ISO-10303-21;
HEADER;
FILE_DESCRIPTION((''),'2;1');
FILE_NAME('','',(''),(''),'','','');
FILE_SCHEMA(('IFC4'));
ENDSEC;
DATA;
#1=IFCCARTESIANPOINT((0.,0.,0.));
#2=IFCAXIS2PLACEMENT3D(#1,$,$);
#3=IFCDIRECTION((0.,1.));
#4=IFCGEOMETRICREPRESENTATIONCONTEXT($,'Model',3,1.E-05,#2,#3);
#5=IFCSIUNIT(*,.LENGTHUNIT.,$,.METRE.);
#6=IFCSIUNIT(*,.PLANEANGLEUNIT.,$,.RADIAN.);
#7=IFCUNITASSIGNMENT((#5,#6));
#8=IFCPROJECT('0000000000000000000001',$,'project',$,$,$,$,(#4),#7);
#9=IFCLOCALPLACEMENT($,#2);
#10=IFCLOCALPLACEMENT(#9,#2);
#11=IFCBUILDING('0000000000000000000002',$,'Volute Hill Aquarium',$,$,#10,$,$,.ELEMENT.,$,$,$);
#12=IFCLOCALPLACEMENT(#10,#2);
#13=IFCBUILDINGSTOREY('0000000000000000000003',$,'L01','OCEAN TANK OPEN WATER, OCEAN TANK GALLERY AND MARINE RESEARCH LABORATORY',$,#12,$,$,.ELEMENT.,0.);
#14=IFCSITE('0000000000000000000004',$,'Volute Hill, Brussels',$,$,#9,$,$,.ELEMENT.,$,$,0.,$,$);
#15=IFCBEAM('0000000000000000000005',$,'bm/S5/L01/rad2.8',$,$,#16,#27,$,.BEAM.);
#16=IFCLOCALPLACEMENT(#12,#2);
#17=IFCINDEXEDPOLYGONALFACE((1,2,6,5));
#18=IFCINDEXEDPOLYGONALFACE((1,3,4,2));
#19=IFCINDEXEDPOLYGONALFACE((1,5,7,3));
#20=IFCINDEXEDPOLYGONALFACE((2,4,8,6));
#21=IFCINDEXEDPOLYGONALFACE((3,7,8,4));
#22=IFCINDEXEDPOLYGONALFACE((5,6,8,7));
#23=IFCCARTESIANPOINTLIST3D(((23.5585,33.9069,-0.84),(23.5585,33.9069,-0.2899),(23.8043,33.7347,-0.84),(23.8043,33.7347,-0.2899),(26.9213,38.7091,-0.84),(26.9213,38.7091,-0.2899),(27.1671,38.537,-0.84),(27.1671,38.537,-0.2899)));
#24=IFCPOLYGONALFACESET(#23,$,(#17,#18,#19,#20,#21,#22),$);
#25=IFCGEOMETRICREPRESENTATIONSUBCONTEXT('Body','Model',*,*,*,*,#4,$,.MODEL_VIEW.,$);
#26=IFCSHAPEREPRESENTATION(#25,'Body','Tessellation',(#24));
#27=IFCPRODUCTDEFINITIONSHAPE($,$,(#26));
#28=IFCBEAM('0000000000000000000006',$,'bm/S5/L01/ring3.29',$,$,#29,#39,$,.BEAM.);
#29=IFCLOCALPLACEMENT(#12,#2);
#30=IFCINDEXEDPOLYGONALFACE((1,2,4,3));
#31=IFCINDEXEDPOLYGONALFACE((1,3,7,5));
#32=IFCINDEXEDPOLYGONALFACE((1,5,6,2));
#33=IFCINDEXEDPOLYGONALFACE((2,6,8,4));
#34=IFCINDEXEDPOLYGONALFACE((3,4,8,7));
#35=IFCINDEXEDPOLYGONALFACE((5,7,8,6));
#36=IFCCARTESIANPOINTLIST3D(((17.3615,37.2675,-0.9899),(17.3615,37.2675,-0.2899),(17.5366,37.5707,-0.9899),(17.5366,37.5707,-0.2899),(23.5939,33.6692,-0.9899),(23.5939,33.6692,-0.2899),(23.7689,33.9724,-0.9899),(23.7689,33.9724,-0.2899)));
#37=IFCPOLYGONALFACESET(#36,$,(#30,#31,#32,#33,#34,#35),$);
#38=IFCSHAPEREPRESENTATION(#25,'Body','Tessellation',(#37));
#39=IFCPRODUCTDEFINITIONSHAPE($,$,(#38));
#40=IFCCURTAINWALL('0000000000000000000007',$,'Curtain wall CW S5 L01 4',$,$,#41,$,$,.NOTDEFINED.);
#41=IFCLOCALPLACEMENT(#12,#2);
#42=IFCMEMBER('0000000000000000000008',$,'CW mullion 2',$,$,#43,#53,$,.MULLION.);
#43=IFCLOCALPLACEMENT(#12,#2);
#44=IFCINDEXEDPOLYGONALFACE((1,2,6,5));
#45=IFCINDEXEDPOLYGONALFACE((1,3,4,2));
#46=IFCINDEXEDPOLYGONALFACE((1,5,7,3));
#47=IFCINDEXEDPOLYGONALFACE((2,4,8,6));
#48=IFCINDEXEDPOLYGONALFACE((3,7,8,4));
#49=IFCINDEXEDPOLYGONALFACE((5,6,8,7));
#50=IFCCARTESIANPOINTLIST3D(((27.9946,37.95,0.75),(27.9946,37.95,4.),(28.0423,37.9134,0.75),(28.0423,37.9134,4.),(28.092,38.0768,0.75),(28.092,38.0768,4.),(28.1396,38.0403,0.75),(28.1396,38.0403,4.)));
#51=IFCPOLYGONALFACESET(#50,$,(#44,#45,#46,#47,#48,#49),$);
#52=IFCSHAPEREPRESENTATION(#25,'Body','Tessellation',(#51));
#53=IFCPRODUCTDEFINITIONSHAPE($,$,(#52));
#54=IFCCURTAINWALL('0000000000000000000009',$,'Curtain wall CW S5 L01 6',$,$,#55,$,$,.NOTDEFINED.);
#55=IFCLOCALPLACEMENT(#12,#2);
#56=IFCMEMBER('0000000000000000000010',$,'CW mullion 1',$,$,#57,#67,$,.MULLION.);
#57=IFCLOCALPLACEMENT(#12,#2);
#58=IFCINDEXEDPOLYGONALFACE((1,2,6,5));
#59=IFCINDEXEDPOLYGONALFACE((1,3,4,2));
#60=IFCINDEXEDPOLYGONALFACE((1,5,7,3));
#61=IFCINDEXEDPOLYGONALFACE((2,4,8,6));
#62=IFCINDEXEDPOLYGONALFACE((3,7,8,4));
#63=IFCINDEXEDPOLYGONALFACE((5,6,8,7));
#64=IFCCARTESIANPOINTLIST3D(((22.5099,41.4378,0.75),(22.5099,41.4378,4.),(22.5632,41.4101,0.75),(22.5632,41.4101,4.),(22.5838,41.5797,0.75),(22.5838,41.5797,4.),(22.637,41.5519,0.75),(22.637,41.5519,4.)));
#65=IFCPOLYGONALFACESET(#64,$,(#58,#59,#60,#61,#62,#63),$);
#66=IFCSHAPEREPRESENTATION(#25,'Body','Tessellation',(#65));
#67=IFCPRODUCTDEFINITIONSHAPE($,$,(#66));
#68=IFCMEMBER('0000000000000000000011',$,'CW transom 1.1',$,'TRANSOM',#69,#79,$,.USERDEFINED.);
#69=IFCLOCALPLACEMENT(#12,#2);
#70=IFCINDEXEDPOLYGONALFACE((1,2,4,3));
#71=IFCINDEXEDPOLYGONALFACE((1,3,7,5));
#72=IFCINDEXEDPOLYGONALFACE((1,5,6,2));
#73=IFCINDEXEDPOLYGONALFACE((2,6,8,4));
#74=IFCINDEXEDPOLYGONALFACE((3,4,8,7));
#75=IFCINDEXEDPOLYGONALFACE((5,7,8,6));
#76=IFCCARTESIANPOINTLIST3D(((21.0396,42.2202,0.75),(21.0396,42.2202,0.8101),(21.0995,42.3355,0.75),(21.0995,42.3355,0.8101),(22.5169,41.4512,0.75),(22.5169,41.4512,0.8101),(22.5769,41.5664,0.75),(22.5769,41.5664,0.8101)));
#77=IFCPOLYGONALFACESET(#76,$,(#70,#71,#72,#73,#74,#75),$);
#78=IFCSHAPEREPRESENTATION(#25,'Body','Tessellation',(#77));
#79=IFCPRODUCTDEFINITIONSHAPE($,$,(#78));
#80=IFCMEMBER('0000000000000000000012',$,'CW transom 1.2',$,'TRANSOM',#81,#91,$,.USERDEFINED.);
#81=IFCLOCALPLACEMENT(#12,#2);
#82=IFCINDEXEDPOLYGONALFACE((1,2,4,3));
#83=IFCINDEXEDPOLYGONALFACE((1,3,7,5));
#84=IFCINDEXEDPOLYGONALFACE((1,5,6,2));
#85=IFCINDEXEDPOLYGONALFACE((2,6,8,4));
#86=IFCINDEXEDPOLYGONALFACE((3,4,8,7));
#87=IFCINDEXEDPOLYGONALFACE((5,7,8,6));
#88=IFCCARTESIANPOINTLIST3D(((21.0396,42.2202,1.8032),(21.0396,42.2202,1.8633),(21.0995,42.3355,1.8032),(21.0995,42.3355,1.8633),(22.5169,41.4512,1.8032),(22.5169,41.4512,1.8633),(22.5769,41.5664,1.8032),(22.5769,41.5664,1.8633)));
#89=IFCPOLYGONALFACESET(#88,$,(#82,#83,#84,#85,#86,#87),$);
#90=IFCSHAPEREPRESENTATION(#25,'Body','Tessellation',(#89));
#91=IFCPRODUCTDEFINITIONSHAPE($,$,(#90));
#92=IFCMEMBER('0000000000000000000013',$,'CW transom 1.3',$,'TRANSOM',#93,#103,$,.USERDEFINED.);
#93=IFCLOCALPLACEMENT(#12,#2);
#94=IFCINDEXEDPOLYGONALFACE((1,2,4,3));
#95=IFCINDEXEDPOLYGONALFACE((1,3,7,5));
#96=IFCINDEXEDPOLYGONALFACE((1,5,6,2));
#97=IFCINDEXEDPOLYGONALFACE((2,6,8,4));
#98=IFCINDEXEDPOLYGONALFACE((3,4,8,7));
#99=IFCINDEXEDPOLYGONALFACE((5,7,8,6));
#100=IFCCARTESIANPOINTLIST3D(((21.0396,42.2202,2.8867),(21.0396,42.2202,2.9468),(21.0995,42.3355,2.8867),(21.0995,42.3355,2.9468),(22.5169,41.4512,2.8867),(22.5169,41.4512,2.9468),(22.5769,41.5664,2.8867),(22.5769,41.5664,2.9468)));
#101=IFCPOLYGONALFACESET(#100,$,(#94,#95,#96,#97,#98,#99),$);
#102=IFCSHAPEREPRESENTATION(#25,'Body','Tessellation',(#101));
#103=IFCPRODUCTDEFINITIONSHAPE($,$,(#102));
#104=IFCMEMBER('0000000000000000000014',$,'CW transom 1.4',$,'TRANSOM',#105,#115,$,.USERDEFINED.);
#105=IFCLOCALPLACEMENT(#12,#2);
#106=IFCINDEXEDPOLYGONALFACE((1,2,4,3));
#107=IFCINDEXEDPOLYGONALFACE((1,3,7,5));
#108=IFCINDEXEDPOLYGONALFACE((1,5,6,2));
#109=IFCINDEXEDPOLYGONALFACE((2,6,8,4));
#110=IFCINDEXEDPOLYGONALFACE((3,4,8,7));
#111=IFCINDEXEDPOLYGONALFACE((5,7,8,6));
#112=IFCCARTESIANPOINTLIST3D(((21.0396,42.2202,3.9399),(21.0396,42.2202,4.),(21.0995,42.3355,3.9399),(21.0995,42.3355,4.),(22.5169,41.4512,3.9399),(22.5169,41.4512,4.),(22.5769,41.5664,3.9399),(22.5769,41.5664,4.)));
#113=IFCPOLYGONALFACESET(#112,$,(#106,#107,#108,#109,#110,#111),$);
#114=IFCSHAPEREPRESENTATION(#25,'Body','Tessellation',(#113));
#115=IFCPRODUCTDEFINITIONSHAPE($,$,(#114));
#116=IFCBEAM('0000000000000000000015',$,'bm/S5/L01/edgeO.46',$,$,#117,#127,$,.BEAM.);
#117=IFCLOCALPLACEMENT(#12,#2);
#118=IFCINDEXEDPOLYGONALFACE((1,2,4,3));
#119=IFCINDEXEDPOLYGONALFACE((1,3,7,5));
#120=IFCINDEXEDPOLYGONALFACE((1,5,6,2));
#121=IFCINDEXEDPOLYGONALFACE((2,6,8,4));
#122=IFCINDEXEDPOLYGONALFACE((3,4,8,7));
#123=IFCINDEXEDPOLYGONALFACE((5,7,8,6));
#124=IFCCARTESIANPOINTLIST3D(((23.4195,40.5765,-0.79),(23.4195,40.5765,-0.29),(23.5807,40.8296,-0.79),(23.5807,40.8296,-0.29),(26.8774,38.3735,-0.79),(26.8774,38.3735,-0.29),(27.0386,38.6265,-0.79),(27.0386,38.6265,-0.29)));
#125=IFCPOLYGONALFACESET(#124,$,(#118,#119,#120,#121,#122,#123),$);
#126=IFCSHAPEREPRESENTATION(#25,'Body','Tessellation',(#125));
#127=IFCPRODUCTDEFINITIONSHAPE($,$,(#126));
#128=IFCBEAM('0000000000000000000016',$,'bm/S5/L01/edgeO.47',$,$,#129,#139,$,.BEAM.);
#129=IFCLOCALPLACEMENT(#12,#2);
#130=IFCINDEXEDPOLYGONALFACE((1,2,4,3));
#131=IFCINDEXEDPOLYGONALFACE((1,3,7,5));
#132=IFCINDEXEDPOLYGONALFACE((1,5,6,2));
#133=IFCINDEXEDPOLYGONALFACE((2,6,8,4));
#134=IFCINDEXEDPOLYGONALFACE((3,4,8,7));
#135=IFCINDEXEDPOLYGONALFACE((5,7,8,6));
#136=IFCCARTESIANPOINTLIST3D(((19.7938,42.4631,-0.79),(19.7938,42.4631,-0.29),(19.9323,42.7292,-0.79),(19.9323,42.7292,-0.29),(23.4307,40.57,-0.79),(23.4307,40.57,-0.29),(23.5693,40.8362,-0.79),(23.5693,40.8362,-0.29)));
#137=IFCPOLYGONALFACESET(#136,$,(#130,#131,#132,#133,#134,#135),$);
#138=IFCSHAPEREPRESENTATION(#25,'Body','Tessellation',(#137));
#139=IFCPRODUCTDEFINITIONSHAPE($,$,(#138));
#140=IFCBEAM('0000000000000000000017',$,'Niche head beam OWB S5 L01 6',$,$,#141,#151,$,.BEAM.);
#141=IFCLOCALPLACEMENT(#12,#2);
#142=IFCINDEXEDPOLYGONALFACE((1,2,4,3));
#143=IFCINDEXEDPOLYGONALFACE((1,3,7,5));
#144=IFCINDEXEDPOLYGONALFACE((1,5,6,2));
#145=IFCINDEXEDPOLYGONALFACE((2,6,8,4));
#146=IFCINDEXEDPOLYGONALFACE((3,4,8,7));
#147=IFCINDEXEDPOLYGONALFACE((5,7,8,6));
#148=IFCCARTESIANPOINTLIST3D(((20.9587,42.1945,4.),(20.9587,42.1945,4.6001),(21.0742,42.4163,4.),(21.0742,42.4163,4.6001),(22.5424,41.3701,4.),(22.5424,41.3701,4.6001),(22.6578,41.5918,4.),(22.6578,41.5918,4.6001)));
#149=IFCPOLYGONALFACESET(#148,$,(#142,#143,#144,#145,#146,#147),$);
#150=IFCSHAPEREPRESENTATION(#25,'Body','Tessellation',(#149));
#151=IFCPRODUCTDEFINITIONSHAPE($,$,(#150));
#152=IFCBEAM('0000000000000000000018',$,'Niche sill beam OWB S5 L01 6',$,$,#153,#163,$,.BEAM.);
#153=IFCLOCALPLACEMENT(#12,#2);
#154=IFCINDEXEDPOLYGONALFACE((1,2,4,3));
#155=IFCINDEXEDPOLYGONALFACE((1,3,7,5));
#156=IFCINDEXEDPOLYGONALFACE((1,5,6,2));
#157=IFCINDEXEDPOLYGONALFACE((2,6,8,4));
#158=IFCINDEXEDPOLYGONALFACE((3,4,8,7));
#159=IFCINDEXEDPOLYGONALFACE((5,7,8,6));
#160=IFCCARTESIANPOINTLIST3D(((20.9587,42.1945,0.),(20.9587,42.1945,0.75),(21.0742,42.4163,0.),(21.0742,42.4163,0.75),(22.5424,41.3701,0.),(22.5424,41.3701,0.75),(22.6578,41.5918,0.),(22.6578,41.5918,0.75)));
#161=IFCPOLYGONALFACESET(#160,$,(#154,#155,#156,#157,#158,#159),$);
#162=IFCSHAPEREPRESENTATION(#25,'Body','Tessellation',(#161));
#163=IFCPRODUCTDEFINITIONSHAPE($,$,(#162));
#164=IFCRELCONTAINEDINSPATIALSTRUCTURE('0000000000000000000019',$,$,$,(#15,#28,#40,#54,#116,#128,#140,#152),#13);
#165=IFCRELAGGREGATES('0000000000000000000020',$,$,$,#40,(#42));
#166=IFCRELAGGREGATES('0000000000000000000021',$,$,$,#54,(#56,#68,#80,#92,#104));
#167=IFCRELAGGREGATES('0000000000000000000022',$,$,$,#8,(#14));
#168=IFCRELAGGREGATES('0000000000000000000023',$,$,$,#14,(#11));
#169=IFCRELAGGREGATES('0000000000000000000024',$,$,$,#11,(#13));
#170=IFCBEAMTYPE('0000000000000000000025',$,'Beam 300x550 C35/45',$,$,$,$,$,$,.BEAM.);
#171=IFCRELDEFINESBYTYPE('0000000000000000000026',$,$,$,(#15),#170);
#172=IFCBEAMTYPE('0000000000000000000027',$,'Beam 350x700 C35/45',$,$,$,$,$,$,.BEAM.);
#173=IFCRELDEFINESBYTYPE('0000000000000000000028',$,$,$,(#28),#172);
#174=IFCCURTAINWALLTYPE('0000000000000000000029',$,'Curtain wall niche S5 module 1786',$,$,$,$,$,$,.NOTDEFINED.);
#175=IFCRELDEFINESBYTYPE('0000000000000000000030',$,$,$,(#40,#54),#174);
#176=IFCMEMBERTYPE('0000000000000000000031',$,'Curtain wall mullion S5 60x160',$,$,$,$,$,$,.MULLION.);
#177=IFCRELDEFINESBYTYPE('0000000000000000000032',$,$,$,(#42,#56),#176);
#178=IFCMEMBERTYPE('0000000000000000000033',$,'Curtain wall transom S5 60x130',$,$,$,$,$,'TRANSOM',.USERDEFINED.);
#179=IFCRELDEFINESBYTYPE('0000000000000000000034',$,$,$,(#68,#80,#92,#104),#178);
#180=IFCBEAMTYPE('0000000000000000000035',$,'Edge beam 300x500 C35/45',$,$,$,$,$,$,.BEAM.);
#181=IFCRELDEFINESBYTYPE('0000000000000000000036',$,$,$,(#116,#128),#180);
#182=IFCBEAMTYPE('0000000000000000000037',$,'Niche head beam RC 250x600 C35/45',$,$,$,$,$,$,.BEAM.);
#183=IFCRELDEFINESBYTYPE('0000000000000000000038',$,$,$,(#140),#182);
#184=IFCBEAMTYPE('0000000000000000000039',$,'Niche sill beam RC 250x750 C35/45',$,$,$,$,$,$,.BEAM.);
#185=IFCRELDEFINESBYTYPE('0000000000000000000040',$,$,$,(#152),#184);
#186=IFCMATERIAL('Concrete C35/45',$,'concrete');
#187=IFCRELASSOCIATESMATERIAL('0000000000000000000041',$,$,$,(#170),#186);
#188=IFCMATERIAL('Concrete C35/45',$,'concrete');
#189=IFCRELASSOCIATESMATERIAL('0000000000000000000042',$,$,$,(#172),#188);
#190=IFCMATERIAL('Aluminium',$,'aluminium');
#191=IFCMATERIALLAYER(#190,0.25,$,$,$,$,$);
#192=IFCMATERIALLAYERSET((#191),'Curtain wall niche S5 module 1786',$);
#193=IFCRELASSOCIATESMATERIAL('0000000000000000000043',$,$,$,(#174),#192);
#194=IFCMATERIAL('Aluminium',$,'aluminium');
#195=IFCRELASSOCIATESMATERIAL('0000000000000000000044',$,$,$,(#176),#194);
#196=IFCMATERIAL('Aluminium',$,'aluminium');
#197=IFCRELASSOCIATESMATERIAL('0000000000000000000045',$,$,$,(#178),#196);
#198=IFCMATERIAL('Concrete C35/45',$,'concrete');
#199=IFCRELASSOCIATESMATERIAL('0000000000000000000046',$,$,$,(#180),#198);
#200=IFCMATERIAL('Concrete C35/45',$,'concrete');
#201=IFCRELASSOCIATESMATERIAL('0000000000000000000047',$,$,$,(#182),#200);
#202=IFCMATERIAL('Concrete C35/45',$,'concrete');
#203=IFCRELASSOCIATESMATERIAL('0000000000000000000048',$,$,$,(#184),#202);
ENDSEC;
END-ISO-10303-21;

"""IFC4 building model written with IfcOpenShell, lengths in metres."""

from ifc_helpers import new_model, si_unit, direction, frame, origin, origin_2d, place, context, subcontext, project, spatial, rectangle, extrude, material, layer, layer_set, material_profile, profile_set, type_object, element, aggregate, save


model = new_model("IFC4")

# Units and contexts
model_context = context("Model", 3, precision=1e-05, world=origin(), true_north=direction((0.0, 1.0)))
body_context = subcontext(model_context, "Body", "Model", "MODEL_VIEW")
ifc_project = project(units=[si_unit("LENGTHUNIT", "METRE"), si_unit("PLANEANGLEUNIT", "RADIAN")], contexts=[model_context])

# Site, building, storey
site_placement = place(None, origin())
site = spatial("IfcSite", under=ifc_project, at=site_placement, Name="Volute Hill, Brussels", CompositionType="ELEMENT", RefElevation=0.0)
building_placement = place(site_placement, origin())
building = spatial("IfcBuilding", under=site, at=building_placement, Name="Volute Hill Aquarium", CompositionType="ELEMENT")
storey_placement = place(building_placement, origin())
storey = spatial("IfcBuildingStorey", under=building, at=storey_placement, Name="L01", Description="OCEAN TANK OPEN WATER, OCEAN TANK GALLERY AND MARINE RESEARCH LABORATORY", CompositionType="ELEMENT", Elevation=0.0)

# Beams
ifc_material_1 = material(Name="Concrete C35/45", Category="concrete")
ifc_material_profile_1 = material_profile(ifc_material_1, rectangle(XDim=0.3, YDim=0.55, at=origin_2d()), Name="RC beam 300x550")
ifc_profile_set_1 = profile_set([ifc_material_profile_1], Name="Concrete C35/45")
beam_type_1 = type_object("IfcBeamType", Name="Beam 300x550 C35/45", PredefinedType="BEAM", material=ifc_profile_set_1)
beam_1_placement = place(storey_placement, frame((23.6814, 33.8208, -0.5649), z_axis=(0.573602, 0.819134, 0.0), x_axis=(-0.819134, 0.573602, 0.0)))
element("IfcBeam", 1, at=beam_1_placement, inside=storey, type_object=beam_type_1, Name="bm/S5/L01/rad2.8", PredefinedType="BEAM", context=body_context, shape_type="SweptSolid", body=[
    extrude(rectangle(XDim=0.3, YDim=0.55, at=origin_2d()), origin(), (0.0, 0.0, 1.0), 5.8625),
])
ifc_material_2 = material(Name="Concrete C35/45", Category="concrete")
ifc_material_profile_2 = material_profile(ifc_material_2, rectangle(XDim=0.3501, YDim=0.7, at=origin_2d()), Name="RC beam 350x700")
ifc_profile_set_2 = profile_set([ifc_material_profile_2], Name="Concrete C35/45")
beam_type_2 = type_object("IfcBeamType", Name="Beam 350x700 C35/45", PredefinedType="BEAM", material=ifc_profile_set_2)
beam_2_placement = place(storey_placement, frame((23.6814, 33.8208, -0.6399), z_axis=(-0.866019, 0.50001, 0.0), x_axis=(-0.50001, -0.866019, 0.0)))
element("IfcBeam", 2, at=beam_2_placement, inside=storey, type_object=beam_type_2, Name="bm/S5/L01/ring3.29", PredefinedType="BEAM", context=body_context, shape_type="SweptSolid", body=[
    extrude(rectangle(XDim=0.3501, YDim=0.7, at=origin_2d()), origin(), (0.0, 0.0, 1.0), 7.1965),
])

# Curtain wall, member
ifc_material_3 = material(Name="Aluminium", Category="aluminium")
ifc_layer_1 = layer(ifc_material_3, 0.25)
ifc_layer_set_1 = layer_set([ifc_layer_1], Name="Curtain wall niche S5 module 1786")
curtain_wall_type = type_object("IfcCurtainWallType", Name="Curtain wall niche S5 module 1786", PredefinedType="NOTDEFINED", material=ifc_layer_set_1)
curtain_wall_1_placement = place(storey_placement, origin())
curtain_wall_1 = element("IfcCurtainWall", 3, at=curtain_wall_1_placement, inside=storey, type_object=curtain_wall_type, Name="Curtain wall CW S5 L01 4", PredefinedType="NOTDEFINED")
ifc_material_4 = material(Name="Aluminium", Category="aluminium")
ifc_material_profile_3 = material_profile(ifc_material_4, rectangle(XDim=0.1599, YDim=0.0601, at=origin_2d()), Name="Curtain wall mullion S5 60x160")
ifc_profile_set_3 = profile_set([ifc_material_profile_3], Name="Aluminium")
member_type_1 = type_object("IfcMemberType", Name="Curtain wall mullion S5 60x160", PredefinedType="MULLION", material=ifc_profile_set_3)
member_1_placement = place(storey_placement, frame((28.0671, 37.9951, 0.75), z_axis=(0.0, 0.0, 1.0), x_axis=(-0.608755, -0.793358, 0.0)))
member_1 = element("IfcMember", 4, at=member_1_placement, type_object=member_type_1, Name="CW mullion 2", PredefinedType="MULLION", context=body_context, shape_type="SweptSolid", body=[
    extrude(rectangle(XDim=0.1599, YDim=0.0601, at=origin_2d()), origin(), (0.0, 0.0, 1.0), 3.25),
])
aggregate(curtain_wall_1, [member_1])

# Curtain wall, members
curtain_wall_2_placement = place(storey_placement, origin())
curtain_wall_2 = element("IfcCurtainWall", 5, at=curtain_wall_2_placement, inside=storey, type_object=curtain_wall_type, Name="Curtain wall CW S5 L01 6", PredefinedType="NOTDEFINED")
member_2_placement = place(storey_placement, frame((22.5735, 41.4949, 0.75), z_axis=(0.0, 0.0, 1.0), x_axis=(-0.461755, -0.887007, 0.0)))
member_2 = element("IfcMember", 6, at=member_2_placement, type_object=member_type_1, Name="CW mullion 1", PredefinedType="MULLION", context=body_context, shape_type="SweptSolid", body=[
    extrude(rectangle(XDim=0.1599, YDim=0.0601, at=origin_2d()), origin(), (0.0, 0.0, 1.0), 3.25),
])
ifc_material_5 = material(Name="Aluminium", Category="aluminium")
ifc_material_profile_4 = material_profile(ifc_material_5, rectangle(XDim=0.1299, YDim=0.0601, at=origin_2d()), Name="Curtain wall transom S5 60x130")
ifc_profile_set_4 = profile_set([ifc_material_profile_4], Name="Aluminium")
member_type_2 = type_object("IfcMemberType", Name="Curtain wall transom S5 60x130", ElementType="TRANSOM", PredefinedType="USERDEFINED", material=ifc_profile_set_4)
member_3_placement = place(storey_placement, frame((22.5469, 41.5088, 0.78), z_axis=(-0.887008, 0.461754, 0.0), x_axis=(-0.461754, -0.887008, 0.0)))
member_3 = element("IfcMember", 7, at=member_3_placement, type_object=member_type_2, Name="CW transom 1.1", ObjectType="TRANSOM", PredefinedType="USERDEFINED", context=body_context, shape_type="SweptSolid", body=[
    extrude(rectangle(XDim=0.1299, YDim=0.0601, at=origin_2d()), origin(), (0.0, 0.0, 1.0), 1.6655),
])
member_4_placement = place(storey_placement, frame((22.5469, 41.5088, 1.8333), z_axis=(-0.887008, 0.461754, 0.0), x_axis=(-0.461754, -0.887008, 0.0)))
member_4 = element("IfcMember", 8, at=member_4_placement, type_object=member_type_2, Name="CW transom 1.2", ObjectType="TRANSOM", PredefinedType="USERDEFINED", context=body_context, shape_type="SweptSolid", body=[
    extrude(rectangle(XDim=0.1299, YDim=0.0601, at=origin_2d()), origin(), (0.0, 0.0, 1.0), 1.6655),
])
member_5_placement = place(storey_placement, frame((22.5469, 41.5088, 2.9167), z_axis=(-0.887008, 0.461754, 0.0), x_axis=(-0.461754, -0.887008, 0.0)))
member_5 = element("IfcMember", 9, at=member_5_placement, type_object=member_type_2, Name="CW transom 1.3", ObjectType="TRANSOM", PredefinedType="USERDEFINED", context=body_context, shape_type="SweptSolid", body=[
    extrude(rectangle(XDim=0.1299, YDim=0.0601, at=origin_2d()), origin(), (0.0, 0.0, 1.0), 1.6655),
])
member_6_placement = place(storey_placement, frame((22.5469, 41.5088, 3.97), z_axis=(-0.887008, 0.461754, 0.0), x_axis=(-0.461754, -0.887008, 0.0)))
member_6 = element("IfcMember", 10, at=member_6_placement, type_object=member_type_2, Name="CW transom 1.4", ObjectType="TRANSOM", PredefinedType="USERDEFINED", context=body_context, shape_type="SweptSolid", body=[
    extrude(rectangle(XDim=0.1299, YDim=0.0601, at=origin_2d()), origin(), (0.0, 0.0, 1.0), 1.6655),
])
aggregate(curtain_wall_2, [member_2, member_3, member_4, member_5, member_6])

# Beams
ifc_material_6 = material(Name="Concrete C35/45", Category="concrete")
ifc_material_profile_5 = material_profile(ifc_material_6, rectangle(XDim=0.3, YDim=0.5, at=origin_2d()), Name="RC edge beam 300x500")
ifc_profile_set_5 = profile_set([ifc_material_profile_5], Name="Concrete C35/45")
beam_type_3 = type_object("IfcBeamType", Name="Edge beam 300x500 C35/45", PredefinedType="BEAM", material=ifc_profile_set_5)
for number, where, z_axis, x_axis, name in (
    (11, (26.958, 38.5, -0.54), (-0.843377, 0.537322, 0.0), (-0.537322, -0.843377, 0.0), "bm/S5/L01/edgeO.46"),
    (12, (23.5, 40.7031, -0.54), (-0.887032, 0.461707, 0.0), (-0.461707, -0.887032, 0.0), "bm/S5/L01/edgeO.47"),
):
    element("IfcBeam", number, at=place(storey_placement, frame(where, z_axis=z_axis, x_axis=x_axis)), inside=storey, type_object=beam_type_3, Name=name, PredefinedType="BEAM", context=body_context, shape_type="SweptSolid", body=[
        extrude(rectangle(XDim=0.3, YDim=0.5, at=origin_2d()), origin(), (0.0, 0.0, 1.0), 4.1001),
    ])
ifc_material_7 = material(Name="Concrete C35/45", Category="concrete")
ifc_material_profile_6 = material_profile(ifc_material_7, rectangle(XDim=0.25, YDim=0.6001, at=origin_2d()), Name="RC beam 250x600")
ifc_profile_set_6 = profile_set([ifc_material_profile_6], Name="Concrete C35/45")
beam_type_4 = type_object("IfcBeamType", Name="Niche head beam RC 250x600 C35/45", PredefinedType="BEAM", material=ifc_profile_set_6)
beam_3_placement = place(storey_placement, frame((22.6001, 41.481, 4.3), z_axis=(-0.887006, 0.461757, 0.0), x_axis=(-0.461757, -0.887006, 0.0)))
element("IfcBeam", 13, at=beam_3_placement, inside=storey, type_object=beam_type_4, Name="Niche head beam OWB S5 L01 6", PredefinedType="BEAM", context=body_context, shape_type="SweptSolid", body=[
    extrude(rectangle(XDim=0.25, YDim=0.6001, at=origin_2d()), origin(), (0.0, 0.0, 1.0), 1.7854),
])
ifc_material_8 = material(Name="Concrete C35/45", Category="concrete")
ifc_material_profile_7 = material_profile(ifc_material_8, rectangle(XDim=0.25, YDim=0.75, at=origin_2d()), Name="RC beam 250x750")
ifc_profile_set_7 = profile_set([ifc_material_profile_7], Name="Concrete C35/45")
beam_type_5 = type_object("IfcBeamType", Name="Niche sill beam RC 250x750 C35/45", PredefinedType="BEAM", material=ifc_profile_set_7)
beam_4_placement = place(storey_placement, frame((22.6001, 41.481, 0.375), z_axis=(-0.887006, 0.461757, 0.0), x_axis=(-0.461757, -0.887006, 0.0)))
element("IfcBeam", 14, at=beam_4_placement, inside=storey, type_object=beam_type_5, Name="Niche sill beam OWB S5 L01 6", PredefinedType="BEAM", context=body_context, shape_type="SweptSolid", body=[
    extrude(rectangle(XDim=0.25, YDim=0.75, at=origin_2d()), origin(), (0.0, 0.0, 1.0), 1.7854),
])

save(model, "model.ifc")
